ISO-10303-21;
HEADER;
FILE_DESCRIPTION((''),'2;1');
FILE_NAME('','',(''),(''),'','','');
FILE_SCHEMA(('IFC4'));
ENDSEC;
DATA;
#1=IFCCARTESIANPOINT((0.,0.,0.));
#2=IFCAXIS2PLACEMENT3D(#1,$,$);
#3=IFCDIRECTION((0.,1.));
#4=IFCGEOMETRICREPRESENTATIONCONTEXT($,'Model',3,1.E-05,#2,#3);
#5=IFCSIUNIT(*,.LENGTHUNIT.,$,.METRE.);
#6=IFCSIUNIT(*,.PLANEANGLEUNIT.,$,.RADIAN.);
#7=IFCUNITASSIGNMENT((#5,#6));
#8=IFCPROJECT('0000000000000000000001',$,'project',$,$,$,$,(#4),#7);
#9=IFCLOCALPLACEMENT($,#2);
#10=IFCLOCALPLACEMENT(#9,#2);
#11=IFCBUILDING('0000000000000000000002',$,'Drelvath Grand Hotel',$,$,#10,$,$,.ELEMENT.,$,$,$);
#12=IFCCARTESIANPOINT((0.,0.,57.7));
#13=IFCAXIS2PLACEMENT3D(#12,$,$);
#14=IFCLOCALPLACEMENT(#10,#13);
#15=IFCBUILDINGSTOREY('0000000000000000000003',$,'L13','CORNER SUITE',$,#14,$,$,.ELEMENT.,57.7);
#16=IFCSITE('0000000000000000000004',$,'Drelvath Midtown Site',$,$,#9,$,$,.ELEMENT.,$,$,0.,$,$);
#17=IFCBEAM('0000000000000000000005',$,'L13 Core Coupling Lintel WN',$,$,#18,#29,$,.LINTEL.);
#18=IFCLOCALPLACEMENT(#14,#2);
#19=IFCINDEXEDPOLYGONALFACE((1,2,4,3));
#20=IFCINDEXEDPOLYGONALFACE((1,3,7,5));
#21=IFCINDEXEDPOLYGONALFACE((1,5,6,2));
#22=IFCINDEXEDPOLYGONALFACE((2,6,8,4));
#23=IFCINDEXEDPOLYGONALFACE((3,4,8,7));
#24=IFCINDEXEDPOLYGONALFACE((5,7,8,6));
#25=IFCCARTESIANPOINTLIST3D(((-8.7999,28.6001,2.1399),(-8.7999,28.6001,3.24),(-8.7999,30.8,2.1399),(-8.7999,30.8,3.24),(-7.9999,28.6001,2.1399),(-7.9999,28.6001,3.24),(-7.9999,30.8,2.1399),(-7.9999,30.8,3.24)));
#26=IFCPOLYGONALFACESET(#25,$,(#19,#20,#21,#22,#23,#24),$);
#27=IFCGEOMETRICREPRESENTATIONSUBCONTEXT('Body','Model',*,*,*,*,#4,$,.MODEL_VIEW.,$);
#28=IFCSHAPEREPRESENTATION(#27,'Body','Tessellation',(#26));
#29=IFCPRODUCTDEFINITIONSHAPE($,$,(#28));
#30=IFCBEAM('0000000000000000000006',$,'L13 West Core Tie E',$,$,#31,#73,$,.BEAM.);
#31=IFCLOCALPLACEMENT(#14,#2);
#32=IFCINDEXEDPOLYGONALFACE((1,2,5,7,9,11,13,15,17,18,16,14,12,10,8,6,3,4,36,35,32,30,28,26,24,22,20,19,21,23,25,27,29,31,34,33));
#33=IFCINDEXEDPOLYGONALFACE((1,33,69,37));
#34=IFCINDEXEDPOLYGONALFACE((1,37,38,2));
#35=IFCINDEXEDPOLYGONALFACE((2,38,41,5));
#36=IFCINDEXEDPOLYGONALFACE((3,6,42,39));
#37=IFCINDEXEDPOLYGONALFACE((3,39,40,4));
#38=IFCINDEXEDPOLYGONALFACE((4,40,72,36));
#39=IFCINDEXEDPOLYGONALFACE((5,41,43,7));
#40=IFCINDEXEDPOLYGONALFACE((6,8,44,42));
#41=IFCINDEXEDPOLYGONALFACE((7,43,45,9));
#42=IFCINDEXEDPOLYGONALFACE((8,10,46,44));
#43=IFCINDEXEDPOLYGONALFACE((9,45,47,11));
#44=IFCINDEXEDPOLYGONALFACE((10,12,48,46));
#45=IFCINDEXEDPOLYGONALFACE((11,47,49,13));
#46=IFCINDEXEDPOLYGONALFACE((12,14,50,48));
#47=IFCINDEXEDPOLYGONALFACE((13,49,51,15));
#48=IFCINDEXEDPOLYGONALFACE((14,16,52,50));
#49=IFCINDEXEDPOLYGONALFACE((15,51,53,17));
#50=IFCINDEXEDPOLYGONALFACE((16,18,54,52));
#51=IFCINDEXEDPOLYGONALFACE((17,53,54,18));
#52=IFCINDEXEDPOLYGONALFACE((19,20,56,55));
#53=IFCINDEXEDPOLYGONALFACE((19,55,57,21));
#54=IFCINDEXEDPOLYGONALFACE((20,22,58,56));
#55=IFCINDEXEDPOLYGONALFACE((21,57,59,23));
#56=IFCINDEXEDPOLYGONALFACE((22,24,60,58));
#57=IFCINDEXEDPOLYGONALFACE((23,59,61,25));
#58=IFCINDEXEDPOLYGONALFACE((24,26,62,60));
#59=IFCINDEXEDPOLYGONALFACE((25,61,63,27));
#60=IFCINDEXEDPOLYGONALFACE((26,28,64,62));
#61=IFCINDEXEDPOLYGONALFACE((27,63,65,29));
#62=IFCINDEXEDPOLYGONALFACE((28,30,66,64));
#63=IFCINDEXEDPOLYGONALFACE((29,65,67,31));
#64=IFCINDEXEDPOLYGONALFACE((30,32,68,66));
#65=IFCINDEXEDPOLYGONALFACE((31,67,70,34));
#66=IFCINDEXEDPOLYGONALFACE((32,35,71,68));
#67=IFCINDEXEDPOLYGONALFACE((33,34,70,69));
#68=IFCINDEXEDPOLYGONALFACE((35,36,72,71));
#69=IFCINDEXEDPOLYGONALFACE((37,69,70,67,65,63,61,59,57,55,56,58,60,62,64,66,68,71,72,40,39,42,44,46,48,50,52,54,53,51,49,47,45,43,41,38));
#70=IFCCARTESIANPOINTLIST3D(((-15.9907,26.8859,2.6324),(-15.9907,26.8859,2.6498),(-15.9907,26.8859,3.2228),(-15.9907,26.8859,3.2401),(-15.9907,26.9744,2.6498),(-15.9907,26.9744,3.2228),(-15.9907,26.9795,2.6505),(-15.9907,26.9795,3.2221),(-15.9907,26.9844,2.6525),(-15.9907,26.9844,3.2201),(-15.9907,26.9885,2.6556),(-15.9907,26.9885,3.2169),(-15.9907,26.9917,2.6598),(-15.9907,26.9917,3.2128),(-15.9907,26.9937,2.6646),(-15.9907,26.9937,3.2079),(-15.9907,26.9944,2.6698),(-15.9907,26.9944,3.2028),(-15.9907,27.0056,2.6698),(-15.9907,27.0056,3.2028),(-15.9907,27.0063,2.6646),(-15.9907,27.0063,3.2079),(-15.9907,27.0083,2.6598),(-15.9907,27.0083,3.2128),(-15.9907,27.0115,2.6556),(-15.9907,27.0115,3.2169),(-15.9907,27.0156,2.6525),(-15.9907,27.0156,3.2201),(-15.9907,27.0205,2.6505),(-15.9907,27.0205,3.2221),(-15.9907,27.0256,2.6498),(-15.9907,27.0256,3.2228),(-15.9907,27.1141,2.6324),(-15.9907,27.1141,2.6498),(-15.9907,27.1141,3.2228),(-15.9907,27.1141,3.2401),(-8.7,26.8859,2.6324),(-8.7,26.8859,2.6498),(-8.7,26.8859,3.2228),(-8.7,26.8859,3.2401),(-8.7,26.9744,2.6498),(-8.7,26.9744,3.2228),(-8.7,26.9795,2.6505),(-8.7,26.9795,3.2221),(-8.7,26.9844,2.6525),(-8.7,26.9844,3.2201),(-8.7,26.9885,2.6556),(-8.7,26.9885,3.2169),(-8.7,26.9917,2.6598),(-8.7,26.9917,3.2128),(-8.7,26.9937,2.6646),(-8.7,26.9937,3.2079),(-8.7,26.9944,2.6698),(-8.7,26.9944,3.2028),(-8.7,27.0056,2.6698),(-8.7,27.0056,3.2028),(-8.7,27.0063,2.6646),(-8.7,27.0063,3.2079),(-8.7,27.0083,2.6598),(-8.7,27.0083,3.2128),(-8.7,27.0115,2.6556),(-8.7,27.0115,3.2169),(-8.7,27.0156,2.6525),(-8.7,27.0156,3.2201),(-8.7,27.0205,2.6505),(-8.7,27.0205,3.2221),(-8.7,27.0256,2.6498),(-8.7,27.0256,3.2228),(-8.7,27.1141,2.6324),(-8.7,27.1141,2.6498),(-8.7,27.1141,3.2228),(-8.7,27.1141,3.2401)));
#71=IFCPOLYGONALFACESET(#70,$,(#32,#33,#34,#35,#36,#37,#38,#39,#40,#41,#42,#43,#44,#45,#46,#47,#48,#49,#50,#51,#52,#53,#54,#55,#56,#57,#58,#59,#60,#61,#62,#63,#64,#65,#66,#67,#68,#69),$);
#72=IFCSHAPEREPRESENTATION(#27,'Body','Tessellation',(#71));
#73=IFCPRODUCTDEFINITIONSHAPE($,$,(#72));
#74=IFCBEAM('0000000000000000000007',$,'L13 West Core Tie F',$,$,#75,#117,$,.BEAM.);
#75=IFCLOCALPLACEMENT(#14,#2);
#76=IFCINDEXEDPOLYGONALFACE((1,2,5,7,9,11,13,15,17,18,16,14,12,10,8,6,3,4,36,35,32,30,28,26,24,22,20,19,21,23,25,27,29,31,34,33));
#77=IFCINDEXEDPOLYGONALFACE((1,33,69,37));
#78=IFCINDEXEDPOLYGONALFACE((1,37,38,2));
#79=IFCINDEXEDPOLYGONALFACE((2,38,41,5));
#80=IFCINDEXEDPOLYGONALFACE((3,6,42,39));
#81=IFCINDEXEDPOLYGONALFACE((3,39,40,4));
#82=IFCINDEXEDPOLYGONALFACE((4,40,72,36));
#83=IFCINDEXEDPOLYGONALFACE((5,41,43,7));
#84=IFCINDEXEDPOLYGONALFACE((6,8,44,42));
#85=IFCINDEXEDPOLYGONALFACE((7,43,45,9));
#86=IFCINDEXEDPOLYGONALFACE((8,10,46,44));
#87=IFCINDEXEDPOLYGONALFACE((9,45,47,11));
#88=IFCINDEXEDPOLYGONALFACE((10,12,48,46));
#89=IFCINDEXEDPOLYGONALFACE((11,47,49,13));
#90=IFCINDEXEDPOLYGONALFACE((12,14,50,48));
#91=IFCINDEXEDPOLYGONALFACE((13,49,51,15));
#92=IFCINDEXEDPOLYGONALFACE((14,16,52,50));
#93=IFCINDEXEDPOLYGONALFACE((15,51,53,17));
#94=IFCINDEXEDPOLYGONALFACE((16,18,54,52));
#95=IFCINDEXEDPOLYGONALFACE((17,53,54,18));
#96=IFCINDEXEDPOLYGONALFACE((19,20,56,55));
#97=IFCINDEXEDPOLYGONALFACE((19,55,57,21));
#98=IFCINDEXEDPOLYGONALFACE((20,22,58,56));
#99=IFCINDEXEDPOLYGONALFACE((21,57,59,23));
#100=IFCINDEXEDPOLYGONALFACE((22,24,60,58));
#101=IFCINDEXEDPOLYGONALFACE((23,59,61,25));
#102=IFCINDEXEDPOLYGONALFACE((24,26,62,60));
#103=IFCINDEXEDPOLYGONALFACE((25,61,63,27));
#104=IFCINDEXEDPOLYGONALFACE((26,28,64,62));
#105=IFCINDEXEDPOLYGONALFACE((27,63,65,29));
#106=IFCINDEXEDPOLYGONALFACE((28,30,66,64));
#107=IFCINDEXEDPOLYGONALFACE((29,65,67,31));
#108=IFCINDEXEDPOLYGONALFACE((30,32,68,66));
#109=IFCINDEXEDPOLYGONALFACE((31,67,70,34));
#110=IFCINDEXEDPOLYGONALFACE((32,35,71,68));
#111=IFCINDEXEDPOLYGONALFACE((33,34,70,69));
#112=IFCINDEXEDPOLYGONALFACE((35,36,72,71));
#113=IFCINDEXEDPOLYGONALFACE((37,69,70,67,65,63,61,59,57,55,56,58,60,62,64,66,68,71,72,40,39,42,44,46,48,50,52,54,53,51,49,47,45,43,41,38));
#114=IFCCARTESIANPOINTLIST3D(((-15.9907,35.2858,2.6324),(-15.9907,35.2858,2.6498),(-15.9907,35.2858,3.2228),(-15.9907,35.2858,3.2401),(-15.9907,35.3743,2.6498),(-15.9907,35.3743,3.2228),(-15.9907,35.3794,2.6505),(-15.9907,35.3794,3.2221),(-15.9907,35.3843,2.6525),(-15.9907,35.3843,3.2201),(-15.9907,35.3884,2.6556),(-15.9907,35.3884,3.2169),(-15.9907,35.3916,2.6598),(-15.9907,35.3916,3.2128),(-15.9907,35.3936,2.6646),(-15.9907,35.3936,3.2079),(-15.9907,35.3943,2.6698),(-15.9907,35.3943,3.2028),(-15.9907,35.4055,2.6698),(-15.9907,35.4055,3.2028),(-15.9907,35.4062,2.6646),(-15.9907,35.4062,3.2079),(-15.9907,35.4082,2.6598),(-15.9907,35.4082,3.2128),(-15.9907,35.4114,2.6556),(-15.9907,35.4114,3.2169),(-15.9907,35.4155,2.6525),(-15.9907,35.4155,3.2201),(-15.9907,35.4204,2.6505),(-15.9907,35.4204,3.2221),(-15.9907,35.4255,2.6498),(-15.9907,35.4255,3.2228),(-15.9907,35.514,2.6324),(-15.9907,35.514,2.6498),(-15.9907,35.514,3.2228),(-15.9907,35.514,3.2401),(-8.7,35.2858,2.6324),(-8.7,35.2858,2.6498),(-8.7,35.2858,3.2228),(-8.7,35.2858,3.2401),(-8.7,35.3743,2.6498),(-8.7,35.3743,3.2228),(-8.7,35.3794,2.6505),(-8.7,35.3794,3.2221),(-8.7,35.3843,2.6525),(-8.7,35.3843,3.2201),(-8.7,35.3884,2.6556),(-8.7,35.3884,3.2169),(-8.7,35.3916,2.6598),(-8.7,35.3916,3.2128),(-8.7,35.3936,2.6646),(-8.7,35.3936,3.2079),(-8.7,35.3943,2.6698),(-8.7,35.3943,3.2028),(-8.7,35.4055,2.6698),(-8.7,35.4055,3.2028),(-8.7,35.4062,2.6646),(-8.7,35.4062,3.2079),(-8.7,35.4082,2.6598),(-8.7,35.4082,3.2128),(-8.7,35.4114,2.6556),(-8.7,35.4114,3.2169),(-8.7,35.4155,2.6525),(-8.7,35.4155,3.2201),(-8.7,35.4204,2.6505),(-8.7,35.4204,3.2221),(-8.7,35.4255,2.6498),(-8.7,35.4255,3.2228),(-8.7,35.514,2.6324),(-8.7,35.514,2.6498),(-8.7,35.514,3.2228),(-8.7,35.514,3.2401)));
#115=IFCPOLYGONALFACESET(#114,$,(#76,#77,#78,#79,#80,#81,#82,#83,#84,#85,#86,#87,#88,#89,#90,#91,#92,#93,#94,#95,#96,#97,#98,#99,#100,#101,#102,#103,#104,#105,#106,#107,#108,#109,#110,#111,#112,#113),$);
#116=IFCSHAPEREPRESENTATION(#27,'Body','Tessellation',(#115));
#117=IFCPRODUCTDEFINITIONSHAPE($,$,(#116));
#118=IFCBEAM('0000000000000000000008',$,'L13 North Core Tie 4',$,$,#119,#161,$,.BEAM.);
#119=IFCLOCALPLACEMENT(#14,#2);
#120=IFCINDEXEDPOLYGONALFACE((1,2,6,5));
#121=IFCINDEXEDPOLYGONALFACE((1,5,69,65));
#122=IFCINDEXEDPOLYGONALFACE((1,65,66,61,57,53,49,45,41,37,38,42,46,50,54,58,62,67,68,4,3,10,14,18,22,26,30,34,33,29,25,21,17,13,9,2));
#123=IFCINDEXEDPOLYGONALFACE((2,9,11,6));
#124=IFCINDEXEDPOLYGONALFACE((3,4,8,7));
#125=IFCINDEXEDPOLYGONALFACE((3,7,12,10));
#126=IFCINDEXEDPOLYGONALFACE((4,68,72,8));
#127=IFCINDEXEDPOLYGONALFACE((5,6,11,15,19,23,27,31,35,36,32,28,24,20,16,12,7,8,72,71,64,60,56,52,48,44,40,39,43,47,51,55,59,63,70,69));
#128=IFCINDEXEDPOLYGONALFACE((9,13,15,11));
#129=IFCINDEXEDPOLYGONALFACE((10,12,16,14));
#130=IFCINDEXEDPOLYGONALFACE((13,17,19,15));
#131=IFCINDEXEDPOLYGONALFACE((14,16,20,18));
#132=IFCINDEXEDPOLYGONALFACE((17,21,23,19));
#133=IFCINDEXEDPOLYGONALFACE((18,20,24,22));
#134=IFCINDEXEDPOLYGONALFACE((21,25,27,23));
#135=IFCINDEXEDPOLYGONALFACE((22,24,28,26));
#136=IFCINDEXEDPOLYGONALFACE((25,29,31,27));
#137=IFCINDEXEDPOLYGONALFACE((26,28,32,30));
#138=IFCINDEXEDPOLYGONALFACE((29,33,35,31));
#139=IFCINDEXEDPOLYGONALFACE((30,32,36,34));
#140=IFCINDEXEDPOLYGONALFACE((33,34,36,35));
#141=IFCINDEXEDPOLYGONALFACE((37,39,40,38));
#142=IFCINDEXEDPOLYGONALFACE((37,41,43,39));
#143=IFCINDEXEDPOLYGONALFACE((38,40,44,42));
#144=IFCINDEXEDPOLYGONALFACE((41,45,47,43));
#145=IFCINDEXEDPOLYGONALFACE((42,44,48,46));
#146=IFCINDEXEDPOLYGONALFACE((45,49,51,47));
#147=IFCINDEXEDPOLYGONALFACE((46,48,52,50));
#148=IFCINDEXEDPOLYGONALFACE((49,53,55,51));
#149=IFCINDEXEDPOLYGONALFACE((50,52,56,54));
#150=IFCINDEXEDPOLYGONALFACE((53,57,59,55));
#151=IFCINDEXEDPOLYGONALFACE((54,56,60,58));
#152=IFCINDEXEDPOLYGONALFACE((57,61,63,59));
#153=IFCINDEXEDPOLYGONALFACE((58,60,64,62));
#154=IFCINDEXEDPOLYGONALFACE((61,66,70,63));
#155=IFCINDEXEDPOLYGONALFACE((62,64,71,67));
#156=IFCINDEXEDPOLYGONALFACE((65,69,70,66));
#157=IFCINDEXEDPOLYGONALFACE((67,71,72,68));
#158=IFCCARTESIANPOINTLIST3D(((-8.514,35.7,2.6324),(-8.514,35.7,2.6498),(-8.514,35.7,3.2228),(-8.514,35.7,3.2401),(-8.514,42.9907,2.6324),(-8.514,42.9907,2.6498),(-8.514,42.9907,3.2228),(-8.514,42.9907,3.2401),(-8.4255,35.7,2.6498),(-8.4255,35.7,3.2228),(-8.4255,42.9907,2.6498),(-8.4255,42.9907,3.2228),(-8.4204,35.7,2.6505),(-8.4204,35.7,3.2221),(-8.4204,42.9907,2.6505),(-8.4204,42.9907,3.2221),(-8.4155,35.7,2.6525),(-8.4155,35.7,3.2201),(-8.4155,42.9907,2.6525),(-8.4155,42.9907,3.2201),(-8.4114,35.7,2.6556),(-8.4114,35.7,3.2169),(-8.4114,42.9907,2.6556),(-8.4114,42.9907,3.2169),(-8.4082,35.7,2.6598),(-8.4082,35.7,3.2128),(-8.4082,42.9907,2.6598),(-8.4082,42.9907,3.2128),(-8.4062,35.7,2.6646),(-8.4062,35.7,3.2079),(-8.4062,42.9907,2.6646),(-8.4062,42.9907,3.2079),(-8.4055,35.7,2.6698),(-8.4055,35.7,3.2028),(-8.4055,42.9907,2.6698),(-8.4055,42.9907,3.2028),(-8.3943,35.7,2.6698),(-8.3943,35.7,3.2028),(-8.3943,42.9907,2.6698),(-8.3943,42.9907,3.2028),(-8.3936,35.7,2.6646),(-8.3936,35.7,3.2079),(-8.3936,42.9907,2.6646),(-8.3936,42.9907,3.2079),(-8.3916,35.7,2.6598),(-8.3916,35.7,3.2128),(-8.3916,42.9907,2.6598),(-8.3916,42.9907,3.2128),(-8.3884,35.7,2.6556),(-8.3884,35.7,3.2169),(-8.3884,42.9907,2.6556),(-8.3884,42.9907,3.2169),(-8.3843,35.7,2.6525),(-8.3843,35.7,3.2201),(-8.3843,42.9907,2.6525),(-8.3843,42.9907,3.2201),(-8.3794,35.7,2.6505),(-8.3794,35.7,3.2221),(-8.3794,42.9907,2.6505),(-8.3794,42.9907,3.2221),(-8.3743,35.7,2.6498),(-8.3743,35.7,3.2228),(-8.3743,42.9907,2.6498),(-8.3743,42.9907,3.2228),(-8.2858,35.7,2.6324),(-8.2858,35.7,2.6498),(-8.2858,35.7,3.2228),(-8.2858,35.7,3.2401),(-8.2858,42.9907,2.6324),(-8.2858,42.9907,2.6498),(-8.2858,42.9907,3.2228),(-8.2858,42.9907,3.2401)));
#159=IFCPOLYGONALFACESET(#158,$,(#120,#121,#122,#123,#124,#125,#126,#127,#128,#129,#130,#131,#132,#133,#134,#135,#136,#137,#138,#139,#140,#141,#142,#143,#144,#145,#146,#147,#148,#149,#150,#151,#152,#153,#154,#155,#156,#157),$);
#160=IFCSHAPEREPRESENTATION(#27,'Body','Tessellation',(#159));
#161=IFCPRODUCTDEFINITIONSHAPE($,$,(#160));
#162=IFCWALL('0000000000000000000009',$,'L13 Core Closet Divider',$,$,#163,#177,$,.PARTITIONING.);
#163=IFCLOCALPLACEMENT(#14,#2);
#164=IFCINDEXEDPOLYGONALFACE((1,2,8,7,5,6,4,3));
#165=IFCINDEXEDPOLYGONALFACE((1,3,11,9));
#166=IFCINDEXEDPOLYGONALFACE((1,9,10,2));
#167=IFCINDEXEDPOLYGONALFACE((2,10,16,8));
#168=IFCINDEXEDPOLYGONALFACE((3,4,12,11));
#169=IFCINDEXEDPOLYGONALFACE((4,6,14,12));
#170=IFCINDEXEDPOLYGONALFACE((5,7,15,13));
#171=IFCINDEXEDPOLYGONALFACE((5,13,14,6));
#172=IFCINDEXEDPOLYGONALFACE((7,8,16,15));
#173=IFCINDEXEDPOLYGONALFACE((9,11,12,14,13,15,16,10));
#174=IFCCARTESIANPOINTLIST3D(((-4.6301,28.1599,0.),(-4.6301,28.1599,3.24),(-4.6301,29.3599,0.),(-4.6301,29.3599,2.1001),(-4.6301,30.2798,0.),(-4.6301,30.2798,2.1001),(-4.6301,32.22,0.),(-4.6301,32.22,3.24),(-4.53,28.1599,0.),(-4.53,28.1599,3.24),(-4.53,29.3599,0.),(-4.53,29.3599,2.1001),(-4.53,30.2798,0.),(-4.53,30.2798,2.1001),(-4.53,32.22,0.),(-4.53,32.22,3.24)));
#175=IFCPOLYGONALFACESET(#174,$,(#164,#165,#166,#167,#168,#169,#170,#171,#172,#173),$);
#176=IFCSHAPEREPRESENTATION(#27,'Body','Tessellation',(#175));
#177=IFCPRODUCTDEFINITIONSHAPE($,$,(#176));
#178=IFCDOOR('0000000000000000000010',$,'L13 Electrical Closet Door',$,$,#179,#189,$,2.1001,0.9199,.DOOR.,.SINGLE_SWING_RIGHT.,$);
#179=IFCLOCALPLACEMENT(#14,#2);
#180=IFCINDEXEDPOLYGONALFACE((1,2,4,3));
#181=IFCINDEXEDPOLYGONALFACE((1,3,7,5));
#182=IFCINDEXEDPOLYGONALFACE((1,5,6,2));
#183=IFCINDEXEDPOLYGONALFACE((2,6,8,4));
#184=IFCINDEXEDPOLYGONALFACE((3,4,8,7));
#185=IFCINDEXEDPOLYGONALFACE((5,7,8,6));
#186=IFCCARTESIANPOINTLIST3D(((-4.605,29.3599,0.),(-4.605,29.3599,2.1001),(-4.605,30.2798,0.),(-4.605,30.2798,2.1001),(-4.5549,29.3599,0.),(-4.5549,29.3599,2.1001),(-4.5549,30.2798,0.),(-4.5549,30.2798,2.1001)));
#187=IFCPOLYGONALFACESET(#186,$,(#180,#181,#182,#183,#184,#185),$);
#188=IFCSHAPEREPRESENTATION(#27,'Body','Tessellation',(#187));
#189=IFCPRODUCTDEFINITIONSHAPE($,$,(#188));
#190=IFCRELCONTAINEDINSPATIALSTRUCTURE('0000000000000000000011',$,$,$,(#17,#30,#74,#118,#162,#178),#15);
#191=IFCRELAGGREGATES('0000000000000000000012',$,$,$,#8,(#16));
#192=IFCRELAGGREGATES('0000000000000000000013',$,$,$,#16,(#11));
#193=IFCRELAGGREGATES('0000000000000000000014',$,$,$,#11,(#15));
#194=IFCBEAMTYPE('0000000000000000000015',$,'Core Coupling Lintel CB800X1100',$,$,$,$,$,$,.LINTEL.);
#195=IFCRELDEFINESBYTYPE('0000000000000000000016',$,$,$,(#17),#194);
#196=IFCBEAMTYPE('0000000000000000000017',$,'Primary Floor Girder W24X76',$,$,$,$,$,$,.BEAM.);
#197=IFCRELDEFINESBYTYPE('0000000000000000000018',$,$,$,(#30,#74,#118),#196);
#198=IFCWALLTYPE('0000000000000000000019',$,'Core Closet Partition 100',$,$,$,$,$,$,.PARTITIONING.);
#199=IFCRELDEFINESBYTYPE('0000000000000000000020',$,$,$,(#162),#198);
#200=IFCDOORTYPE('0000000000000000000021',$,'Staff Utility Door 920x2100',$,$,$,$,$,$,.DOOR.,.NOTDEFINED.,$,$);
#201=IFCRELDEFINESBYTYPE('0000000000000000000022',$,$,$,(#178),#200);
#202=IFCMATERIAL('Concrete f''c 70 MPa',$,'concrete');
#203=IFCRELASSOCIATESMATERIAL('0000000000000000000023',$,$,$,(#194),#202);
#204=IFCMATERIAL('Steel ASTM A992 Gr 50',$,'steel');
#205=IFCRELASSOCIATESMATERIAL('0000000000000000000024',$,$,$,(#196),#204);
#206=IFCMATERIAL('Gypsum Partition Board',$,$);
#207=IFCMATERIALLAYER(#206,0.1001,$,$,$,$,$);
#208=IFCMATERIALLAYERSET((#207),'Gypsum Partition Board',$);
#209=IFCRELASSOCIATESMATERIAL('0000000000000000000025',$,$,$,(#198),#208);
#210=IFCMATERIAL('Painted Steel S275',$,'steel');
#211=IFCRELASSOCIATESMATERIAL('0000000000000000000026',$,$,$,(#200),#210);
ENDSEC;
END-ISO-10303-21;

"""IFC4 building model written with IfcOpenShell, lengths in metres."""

from ifc_helpers import new_model, si_unit, direction, frame, frame_2d, origin, origin_2d, place, context, subcontext, project, spatial, rectangle, i_section, extrude, material, layer, layer_set, material_profile, profile_set, type_object, element, fill, save


model = new_model("IFC4")

# Units and contexts
model_context = context("Model", 3, precision=1e-05, world=origin(), true_north=direction((0.0, 1.0)))
body_context = subcontext(model_context, "Body", "Model", "MODEL_VIEW")
ifc_project = project(units=[si_unit("LENGTHUNIT", "METRE"), si_unit("PLANEANGLEUNIT", "RADIAN")], contexts=[model_context])

# Site, building, storey
site_placement = place(None, origin())
site = spatial("IfcSite", under=ifc_project, at=site_placement, Name="Drelvath Midtown Site", CompositionType="ELEMENT", RefElevation=0.0)
building_placement = place(site_placement, origin())
building = spatial("IfcBuilding", under=site, at=building_placement, Name="Drelvath Grand Hotel", CompositionType="ELEMENT")
storey_placement = place(building_placement, frame((0.0, 0.0, 57.7)))
storey = spatial("IfcBuildingStorey", under=building, at=storey_placement, Name="L13", Description="CORNER SUITE", CompositionType="ELEMENT", Elevation=57.7)

# Beams
ifc_material_1 = material(Name="Concrete f'c 70 MPa", Category="concrete")
ifc_material_profile_1 = material_profile(ifc_material_1, rectangle(XDim=0.8, YDim=1.1001, at=origin_2d()), Name="CB800X1100")
ifc_profile_set_1 = profile_set([ifc_material_profile_1], Name="Concrete f'c 70 MPa")
beam_type_1 = type_object("IfcBeamType", Name="Core Coupling Lintel CB800X1100", PredefinedType="LINTEL", material=ifc_profile_set_1)
beam_placement = place(storey_placement, frame((-8.3999, 28.6001, 2.6899), z_axis=(0.0, 1.0, 0.0), x_axis=(-1.0, 0.0, 0.0)))
element("IfcBeam", 1, at=beam_placement, inside=storey, type_object=beam_type_1, Name="L13 Core Coupling Lintel WN", PredefinedType="LINTEL", context=body_context, shape_type="SweptSolid", body=[
    extrude(rectangle(XDim=0.8, YDim=1.1001, at=origin_2d()), origin(), (0.0, 0.0, 1.0), 2.2),
])
ifc_material_2 = material(Name="Steel ASTM A992 Gr 50", Category="steel")
ifc_material_profile_2 = material_profile(ifc_material_2, i_section(OverallWidth=0.2283, OverallDepth=0.6077, WebThickness=0.0112, FlangeThickness=0.0173, FilletRadius=0.02, at=origin_2d()), Name="W24X76")
ifc_profile_set_2 = profile_set([ifc_material_profile_2], Name="Steel ASTM A992 Gr 50")
beam_type_2 = type_object("IfcBeamType", Name="Primary Floor Girder W24X76", PredefinedType="BEAM", material=ifc_profile_set_2)
for number, where, z_axis, x_axis, name in (
    (2, (-15.9907, 27.0, 2.9363), (1.0, 0.0, 0.0), (0.0, 1.0, 0.0), "L13 West Core Tie E"),
    (3, (-15.9907, 35.3999, 2.9363), (1.0, 0.0, 0.0), (0.0, 1.0, 0.0), "L13 West Core Tie F"),
    (4, (-8.3999, 35.7, 2.9363), (0.0, 1.0, 0.0), (-1.0, 0.0, 0.0), "L13 North Core Tie 4"),
):
    element("IfcBeam", number, at=place(storey_placement, frame(where, z_axis=z_axis, x_axis=x_axis)), inside=storey, type_object=beam_type_2, Name=name, PredefinedType="BEAM", context=body_context, shape_type="SweptSolid", body=[
        extrude(i_section(OverallWidth=0.2283, OverallDepth=0.6077, WebThickness=0.0112, FlangeThickness=0.0173, FilletRadius=0.02, at=origin_2d()), origin(), (0.0, 0.0, 1.0), 7.2908),
    ])

# Wall, opening, door
ifc_material_3 = material(Name="Gypsum Partition Board")
ifc_layer_1 = layer(ifc_material_3, 0.1001)
ifc_layer_set_1 = layer_set([ifc_layer_1], Name="Gypsum Partition Board")
wall_type_1 = type_object("IfcWallType", Name="Core Closet Partition 100", PredefinedType="PARTITIONING", material=ifc_layer_set_1)
wall_1_placement = place(storey_placement, frame((-4.5801, 28.1599, 0.0), z_axis=(0.0, 0.0, 1.0), x_axis=(0.0, 1.0, 0.0)))
wall_1 = element("IfcWall", 5, at=wall_1_placement, inside=storey, type_object=wall_type_1, Name="L13 Core Closet Divider", PredefinedType="PARTITIONING", context=body_context, shape_type="SweptSolid", body=[
    extrude(rectangle(XDim=4.0601, YDim=0.1001, at=frame_2d((2.03, 0.0))), origin(), (0.0, 0.0, 1.0), 3.24),
])
opening_1_placement = place(wall_1_placement, frame((1.2, 0.0, 0.0)))
opening_1 = element("IfcOpeningElement", 6, at=opening_1_placement, cuts=wall_1, PredefinedType="OPENING", context=body_context, shape_type="SweptSolid", body=[
    extrude(rectangle(XDim=0.9199, YDim=2.1001, at=frame_2d((0.46, 1.05))), frame((0.0, 0.0601, 0.0), z_axis=(0.0, -1.0, 0.0), x_axis=(1.0, 0.0, 0.0)), (0.0, 0.0, 1.0), 0.1201),
])
ifc_material_4 = material(Name="Painted Steel S275", Category="steel")
door_type_1 = type_object("IfcDoorType", Name="Staff Utility Door 920x2100", OperationType="NOTDEFINED", PredefinedType="DOOR", material=ifc_material_4)
door_1_placement = place(opening_1_placement, origin())
door_1 = element("IfcDoor", 7, at=door_1_placement, inside=storey, type_object=door_type_1, Name="L13 Electrical Closet Door", OperationType="SINGLE_SWING_RIGHT", OverallHeight=2.1001, OverallWidth=0.9199, PredefinedType="DOOR", context=body_context, shape_type="SweptSolid", body=[
    extrude(rectangle(XDim=0.9199, YDim=2.1001, at=frame_2d((0.46, 1.05))), frame((0.0, 0.0249, 0.0), z_axis=(0.0, -1.0, 0.0), x_axis=(1.0, 0.0, 0.0)), (0.0, 0.0, 1.0), 0.05),
])
fill(opening_1, door_1)

save(model, "model.ifc")
